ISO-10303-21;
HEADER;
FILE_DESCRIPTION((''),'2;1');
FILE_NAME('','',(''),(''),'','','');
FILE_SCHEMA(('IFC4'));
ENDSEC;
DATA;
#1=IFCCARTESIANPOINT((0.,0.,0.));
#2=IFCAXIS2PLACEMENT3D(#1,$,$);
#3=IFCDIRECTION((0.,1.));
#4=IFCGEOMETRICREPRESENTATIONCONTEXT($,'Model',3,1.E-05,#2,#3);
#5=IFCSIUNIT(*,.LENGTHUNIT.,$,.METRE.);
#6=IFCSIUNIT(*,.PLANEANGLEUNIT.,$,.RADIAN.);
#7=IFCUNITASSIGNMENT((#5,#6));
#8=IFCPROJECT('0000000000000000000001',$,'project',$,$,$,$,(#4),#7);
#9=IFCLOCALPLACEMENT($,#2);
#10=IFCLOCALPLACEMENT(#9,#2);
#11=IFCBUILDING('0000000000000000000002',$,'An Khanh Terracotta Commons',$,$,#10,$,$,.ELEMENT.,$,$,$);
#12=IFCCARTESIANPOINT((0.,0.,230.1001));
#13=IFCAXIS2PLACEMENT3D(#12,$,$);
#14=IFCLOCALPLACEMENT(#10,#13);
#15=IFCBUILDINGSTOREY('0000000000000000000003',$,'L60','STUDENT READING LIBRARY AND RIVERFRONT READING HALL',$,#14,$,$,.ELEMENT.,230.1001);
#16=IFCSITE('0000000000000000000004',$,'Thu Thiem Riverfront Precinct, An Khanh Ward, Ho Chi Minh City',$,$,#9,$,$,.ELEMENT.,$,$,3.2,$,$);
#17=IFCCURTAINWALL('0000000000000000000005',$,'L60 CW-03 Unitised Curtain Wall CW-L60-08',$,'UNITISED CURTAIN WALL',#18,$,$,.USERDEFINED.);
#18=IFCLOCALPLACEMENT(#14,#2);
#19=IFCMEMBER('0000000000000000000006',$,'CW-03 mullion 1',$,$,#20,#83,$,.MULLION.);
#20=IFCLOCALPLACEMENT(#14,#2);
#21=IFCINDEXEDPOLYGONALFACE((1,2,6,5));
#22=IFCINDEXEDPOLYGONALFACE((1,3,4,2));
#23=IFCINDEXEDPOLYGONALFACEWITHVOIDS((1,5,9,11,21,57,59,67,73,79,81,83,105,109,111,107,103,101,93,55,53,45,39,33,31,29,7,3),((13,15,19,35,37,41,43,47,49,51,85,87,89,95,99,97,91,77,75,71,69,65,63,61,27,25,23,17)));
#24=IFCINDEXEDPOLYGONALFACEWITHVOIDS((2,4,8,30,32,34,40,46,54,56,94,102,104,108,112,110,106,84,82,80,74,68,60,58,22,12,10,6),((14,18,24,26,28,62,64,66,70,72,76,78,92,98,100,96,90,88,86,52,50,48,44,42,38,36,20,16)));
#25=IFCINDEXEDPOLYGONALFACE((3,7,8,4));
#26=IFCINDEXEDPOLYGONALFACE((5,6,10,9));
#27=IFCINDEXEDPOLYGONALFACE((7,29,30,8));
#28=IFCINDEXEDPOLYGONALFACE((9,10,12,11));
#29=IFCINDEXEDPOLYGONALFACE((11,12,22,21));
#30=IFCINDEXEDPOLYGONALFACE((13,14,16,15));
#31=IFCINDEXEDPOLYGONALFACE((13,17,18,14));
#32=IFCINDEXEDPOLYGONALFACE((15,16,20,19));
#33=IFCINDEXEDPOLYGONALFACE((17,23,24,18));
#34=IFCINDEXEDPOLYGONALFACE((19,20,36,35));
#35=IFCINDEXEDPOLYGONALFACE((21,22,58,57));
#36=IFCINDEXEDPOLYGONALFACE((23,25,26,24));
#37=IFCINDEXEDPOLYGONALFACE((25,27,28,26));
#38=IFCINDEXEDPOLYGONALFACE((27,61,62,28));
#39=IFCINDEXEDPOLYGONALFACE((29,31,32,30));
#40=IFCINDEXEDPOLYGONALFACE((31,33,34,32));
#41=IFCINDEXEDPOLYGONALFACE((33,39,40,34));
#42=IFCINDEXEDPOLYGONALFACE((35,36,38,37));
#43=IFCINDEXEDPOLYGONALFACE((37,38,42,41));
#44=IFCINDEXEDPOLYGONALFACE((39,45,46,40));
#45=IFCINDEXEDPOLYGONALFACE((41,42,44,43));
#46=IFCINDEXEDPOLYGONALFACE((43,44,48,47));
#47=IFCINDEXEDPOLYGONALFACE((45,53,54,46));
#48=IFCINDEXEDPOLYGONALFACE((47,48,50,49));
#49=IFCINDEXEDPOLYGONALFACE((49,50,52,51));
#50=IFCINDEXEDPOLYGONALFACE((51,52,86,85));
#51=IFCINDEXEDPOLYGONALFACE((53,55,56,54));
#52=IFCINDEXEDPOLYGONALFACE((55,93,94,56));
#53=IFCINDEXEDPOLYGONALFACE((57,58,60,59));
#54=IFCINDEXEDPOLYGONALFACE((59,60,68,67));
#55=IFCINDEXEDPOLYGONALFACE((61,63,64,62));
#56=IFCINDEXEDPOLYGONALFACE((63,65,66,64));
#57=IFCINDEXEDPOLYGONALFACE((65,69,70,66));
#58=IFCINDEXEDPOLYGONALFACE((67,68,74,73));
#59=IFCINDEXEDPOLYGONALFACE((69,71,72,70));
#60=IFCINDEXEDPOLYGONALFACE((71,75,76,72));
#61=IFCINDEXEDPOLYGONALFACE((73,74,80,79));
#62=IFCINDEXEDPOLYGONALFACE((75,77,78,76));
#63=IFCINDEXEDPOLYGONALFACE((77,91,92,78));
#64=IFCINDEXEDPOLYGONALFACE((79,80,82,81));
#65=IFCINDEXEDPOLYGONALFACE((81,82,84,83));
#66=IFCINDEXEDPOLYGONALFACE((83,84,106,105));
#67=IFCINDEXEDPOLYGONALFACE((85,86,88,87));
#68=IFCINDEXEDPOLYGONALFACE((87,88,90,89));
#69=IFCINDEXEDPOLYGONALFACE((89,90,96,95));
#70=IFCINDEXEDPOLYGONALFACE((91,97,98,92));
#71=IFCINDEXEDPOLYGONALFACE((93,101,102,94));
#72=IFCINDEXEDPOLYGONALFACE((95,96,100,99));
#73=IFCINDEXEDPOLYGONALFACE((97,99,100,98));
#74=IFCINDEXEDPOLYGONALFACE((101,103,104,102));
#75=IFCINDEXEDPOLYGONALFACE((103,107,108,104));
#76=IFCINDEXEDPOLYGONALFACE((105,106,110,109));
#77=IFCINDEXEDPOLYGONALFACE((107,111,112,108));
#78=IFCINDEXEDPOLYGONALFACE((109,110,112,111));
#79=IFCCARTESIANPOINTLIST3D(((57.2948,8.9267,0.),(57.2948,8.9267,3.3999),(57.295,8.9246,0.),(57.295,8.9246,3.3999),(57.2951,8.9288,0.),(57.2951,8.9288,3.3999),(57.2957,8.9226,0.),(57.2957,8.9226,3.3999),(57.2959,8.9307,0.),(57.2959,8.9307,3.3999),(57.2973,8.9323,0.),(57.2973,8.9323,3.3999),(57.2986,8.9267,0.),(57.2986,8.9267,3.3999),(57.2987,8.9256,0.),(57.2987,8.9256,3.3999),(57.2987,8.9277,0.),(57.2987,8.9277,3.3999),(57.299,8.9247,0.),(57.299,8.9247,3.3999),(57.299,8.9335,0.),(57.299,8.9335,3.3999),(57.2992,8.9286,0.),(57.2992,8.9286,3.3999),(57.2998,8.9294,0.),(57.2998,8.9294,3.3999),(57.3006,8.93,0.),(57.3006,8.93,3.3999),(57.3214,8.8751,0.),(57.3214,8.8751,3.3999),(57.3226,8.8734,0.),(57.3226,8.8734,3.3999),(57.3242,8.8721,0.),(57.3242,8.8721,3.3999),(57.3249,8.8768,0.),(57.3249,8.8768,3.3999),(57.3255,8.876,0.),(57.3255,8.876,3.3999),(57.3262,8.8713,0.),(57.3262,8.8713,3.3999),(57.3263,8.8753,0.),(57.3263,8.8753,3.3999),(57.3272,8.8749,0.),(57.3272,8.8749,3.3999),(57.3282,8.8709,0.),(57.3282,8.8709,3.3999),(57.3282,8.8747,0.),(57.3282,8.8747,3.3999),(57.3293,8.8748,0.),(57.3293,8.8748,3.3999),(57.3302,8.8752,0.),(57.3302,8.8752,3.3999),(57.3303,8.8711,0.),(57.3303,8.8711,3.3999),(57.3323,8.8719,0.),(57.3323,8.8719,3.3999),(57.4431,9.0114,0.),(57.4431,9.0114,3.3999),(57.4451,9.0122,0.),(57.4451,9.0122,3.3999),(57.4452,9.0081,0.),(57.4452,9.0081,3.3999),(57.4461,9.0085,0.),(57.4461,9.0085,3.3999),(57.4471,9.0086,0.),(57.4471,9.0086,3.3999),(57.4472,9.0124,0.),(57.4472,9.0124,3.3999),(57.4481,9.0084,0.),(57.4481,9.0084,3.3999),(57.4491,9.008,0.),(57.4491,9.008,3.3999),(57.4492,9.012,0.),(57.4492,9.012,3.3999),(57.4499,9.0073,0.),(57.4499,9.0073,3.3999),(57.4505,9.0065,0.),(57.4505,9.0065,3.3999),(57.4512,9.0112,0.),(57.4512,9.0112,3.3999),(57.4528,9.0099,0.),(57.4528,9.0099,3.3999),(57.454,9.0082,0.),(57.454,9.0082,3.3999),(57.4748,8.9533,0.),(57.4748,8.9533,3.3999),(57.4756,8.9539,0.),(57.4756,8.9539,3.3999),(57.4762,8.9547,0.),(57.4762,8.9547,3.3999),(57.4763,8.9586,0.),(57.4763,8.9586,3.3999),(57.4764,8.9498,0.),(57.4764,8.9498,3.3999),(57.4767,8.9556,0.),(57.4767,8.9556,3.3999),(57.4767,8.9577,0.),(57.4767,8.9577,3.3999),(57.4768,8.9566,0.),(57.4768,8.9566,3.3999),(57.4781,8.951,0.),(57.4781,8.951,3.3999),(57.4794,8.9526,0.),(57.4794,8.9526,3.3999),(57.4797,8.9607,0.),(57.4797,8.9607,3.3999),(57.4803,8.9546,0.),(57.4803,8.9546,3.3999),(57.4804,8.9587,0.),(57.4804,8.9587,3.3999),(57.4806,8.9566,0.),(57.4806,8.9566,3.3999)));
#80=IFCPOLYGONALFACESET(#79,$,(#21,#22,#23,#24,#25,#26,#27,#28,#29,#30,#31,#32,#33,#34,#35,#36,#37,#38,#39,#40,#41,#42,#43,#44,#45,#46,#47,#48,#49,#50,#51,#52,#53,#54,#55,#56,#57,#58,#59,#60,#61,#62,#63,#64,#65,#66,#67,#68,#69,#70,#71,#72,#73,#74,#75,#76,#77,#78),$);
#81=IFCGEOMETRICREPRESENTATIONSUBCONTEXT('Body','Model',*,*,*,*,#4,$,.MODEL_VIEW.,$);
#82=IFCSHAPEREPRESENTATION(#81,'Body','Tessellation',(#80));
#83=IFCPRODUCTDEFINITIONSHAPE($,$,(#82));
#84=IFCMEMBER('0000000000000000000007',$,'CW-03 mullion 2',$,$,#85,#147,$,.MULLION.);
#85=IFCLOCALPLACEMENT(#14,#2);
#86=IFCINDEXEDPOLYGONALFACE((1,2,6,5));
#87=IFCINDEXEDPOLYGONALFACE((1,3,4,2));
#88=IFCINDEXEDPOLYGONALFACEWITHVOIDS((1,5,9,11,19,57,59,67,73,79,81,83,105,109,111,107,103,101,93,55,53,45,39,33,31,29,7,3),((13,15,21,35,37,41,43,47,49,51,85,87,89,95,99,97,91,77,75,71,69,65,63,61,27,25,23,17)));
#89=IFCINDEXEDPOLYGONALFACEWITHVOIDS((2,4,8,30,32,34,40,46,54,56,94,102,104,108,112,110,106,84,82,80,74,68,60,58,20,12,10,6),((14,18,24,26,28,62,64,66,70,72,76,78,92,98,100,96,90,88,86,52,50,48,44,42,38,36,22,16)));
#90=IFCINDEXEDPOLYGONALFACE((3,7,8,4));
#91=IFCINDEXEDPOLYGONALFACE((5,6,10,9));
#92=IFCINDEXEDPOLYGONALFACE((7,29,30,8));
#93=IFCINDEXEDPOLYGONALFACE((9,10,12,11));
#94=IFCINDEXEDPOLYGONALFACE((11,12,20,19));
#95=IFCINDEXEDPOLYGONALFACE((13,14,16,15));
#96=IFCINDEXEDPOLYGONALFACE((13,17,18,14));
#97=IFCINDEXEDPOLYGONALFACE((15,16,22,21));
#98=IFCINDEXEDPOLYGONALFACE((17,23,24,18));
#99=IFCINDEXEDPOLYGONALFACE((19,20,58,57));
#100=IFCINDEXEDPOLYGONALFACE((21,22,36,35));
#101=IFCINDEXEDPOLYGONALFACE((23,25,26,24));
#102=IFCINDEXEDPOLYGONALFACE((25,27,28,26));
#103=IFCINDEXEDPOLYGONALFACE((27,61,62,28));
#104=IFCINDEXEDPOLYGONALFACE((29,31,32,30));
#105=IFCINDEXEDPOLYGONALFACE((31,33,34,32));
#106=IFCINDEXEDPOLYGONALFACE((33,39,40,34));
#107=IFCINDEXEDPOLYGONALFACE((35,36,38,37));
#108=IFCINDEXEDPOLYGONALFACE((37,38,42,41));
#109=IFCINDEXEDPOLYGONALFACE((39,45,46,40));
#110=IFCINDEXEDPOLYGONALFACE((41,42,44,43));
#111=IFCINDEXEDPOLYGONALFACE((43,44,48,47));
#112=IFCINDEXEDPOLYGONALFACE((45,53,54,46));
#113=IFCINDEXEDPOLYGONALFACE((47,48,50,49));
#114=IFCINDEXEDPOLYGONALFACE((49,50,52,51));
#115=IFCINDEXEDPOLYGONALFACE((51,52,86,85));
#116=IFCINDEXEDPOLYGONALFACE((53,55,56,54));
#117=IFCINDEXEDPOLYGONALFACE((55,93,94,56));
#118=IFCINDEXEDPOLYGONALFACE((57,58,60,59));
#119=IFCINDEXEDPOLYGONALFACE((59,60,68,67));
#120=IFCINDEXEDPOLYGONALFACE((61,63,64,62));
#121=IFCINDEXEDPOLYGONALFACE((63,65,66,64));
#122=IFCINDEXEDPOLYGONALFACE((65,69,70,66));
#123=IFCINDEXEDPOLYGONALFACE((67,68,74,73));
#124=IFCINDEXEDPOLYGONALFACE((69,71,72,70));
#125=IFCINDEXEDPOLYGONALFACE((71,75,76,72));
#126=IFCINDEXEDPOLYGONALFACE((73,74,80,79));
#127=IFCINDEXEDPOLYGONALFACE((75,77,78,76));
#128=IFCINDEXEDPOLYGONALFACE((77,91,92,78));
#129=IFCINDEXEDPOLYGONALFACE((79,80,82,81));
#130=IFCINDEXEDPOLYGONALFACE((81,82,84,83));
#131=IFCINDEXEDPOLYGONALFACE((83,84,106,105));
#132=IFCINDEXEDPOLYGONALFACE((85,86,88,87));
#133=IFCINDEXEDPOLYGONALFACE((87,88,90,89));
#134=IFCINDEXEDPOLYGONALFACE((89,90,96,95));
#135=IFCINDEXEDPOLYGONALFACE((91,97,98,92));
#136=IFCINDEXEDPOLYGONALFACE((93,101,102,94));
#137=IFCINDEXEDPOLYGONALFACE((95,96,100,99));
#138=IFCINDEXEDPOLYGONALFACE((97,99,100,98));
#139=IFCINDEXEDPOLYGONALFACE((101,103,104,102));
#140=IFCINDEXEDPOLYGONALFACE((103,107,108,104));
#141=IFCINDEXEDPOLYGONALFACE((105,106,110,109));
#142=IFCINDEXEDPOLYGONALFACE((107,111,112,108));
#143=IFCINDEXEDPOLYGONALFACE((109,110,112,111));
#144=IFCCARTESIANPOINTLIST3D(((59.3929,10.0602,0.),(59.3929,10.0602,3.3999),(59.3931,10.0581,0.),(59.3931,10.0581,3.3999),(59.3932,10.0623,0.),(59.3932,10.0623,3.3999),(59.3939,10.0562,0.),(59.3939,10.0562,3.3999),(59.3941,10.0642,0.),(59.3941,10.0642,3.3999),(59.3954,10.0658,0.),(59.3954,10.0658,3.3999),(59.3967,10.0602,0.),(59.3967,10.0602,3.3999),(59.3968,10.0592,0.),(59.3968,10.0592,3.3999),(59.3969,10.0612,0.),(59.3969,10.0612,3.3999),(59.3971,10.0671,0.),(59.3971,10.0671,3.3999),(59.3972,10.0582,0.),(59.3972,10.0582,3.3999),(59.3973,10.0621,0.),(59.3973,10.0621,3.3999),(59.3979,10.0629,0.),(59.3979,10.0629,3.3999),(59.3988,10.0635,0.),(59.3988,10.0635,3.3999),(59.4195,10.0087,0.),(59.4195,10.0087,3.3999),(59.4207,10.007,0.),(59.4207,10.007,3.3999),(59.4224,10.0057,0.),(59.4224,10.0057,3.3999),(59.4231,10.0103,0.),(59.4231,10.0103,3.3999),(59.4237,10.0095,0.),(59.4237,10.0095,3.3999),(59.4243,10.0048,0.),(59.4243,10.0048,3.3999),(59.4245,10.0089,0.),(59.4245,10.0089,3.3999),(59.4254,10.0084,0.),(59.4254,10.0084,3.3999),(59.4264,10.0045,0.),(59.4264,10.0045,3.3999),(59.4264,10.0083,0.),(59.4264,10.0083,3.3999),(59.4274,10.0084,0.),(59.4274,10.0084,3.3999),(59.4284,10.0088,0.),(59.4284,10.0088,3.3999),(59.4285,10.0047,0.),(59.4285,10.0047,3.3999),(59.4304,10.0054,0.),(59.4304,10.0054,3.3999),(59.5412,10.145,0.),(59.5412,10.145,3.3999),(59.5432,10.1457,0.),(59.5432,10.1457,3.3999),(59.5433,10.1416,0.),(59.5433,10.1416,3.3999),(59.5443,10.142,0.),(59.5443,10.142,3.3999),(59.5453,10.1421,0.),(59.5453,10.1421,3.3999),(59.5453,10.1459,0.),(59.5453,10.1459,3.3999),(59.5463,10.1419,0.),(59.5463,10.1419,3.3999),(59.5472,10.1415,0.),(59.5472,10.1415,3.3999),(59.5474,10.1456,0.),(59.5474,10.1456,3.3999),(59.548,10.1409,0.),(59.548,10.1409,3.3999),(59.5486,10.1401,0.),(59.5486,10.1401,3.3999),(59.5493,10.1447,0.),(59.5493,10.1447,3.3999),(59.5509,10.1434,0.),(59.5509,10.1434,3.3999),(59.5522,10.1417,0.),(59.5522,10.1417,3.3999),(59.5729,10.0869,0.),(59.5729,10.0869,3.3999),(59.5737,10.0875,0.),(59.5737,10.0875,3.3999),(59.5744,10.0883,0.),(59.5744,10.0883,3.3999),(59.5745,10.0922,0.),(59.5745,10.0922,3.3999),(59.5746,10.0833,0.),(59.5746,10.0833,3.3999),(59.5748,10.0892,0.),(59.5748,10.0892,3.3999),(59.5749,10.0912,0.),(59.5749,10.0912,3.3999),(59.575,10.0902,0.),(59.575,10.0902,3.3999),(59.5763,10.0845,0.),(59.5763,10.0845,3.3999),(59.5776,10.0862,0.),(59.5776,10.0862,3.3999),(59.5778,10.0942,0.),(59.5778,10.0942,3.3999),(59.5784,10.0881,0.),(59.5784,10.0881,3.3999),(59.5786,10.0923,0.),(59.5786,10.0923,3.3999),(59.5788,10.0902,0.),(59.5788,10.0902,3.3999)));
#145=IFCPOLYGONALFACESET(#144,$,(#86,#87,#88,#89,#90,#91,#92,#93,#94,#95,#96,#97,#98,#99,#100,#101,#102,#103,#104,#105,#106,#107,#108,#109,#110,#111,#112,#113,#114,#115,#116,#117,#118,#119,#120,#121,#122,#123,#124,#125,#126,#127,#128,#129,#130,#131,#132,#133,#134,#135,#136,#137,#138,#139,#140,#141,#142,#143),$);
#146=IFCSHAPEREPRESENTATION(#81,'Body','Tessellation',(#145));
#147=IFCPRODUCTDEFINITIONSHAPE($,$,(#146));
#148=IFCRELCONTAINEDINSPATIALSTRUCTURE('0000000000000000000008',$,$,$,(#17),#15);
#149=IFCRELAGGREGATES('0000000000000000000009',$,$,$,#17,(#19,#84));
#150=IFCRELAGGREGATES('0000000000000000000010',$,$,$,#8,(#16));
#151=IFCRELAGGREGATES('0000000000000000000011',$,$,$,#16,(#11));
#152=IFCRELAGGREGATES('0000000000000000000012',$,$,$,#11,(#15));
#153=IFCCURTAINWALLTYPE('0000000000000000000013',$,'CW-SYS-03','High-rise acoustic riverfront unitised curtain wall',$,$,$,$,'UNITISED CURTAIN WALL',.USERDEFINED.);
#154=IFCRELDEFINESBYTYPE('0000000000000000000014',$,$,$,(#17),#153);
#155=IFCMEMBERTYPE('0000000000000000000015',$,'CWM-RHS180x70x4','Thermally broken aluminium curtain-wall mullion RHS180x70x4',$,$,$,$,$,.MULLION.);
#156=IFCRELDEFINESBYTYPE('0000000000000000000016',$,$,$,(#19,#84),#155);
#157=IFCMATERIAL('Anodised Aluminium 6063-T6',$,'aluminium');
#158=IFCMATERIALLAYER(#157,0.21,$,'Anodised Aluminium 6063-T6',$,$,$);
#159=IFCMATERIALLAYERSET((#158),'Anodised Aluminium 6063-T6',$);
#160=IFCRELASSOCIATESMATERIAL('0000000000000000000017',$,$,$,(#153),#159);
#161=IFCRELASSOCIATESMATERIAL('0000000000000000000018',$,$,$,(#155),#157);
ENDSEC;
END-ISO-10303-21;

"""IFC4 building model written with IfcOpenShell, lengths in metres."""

from ifc_helpers import new_model, si_unit, direction, frame, origin, origin_2d, place, context, subcontext, project, spatial, hollow_rectangle, extrude, material, layer, layer_set, material_profile, profile_set, type_object, element, aggregate, save


model = new_model("IFC4")

# Units and contexts
model_context = context("Model", 3, precision=1e-05, world=origin(), true_north=direction((0.0, 1.0)))
body_context = subcontext(model_context, "Body", "Model", "MODEL_VIEW")
ifc_project = project(units=[si_unit("LENGTHUNIT", "METRE"), si_unit("PLANEANGLEUNIT", "RADIAN")], contexts=[model_context])

# Site, building, storey
site_placement = place(None, origin())
site = spatial("IfcSite", under=ifc_project, at=site_placement, Name="Thu Thiem Riverfront Precinct, An Khanh Ward, Ho Chi Minh City", CompositionType="ELEMENT", RefElevation=3.2)
building_placement = place(site_placement, origin())
building = spatial("IfcBuilding", under=site, at=building_placement, Name="An Khanh Terracotta Commons", CompositionType="ELEMENT")
storey_placement = place(building_placement, frame((0.0, 0.0, 230.1001)))
storey = spatial("IfcBuildingStorey", under=building, at=storey_placement, Name="L60", Description="STUDENT READING LIBRARY AND RIVERFRONT READING HALL", CompositionType="ELEMENT", Elevation=230.1001)

# Curtain wall, members
ifc_material_1 = material(Name="Anodised Aluminium 6063-T6", Category="aluminium")
ifc_layer_1 = layer(ifc_material_1, 0.21, Name="Anodised Aluminium 6063-T6")
ifc_layer_set_1 = layer_set([ifc_layer_1], Name="Anodised Aluminium 6063-T6")
curtain_wall_type = type_object("IfcCurtainWallType", Name="CW-SYS-03", Description="High-rise acoustic riverfront unitised curtain wall", ElementType="UNITISED CURTAIN WALL", PredefinedType="USERDEFINED", material=ifc_layer_set_1)
curtain_wall_placement = place(storey_placement, origin())
curtain_wall = element("IfcCurtainWall", 1, at=curtain_wall_placement, inside=storey, type_object=curtain_wall_type, Name="L60 CW-03 Unitised Curtain Wall CW-L60-08", ObjectType="UNITISED CURTAIN WALL", PredefinedType="USERDEFINED")
ifc_material_profile_1 = material_profile(ifc_material_1, hollow_rectangle(XDim=0.0701, YDim=0.1799, WallThickness=0.0039, InnerFilletRadius=0.0039, OuterFilletRadius=0.0081, at=origin_2d()), Name="RHS180x70x4")
ifc_profile_set_1 = profile_set([ifc_material_profile_1], Name="Anodised Aluminium 6063-T6")
member_type_1 = type_object("IfcMemberType", Name="CWM-RHS180x70x4", Description="Thermally broken aluminium curtain-wall mullion RHS180x70x4", PredefinedType="MULLION", material=ifc_profile_set_1)
member_1_placement = place(storey_placement, frame((57.3877, 8.9417, 0.0), z_axis=(0.0, 0.0, 1.0), x_axis=(-0.475381, 0.87978, 0.0)))
member_1 = element("IfcMember", 2, at=member_1_placement, type_object=member_type_1, Name="CW-03 mullion 1", PredefinedType="MULLION", context=body_context, shape_type="SweptSolid", body=[
    extrude(hollow_rectangle(XDim=0.0701, YDim=0.1799, WallThickness=0.0039, InnerFilletRadius=0.0039, OuterFilletRadius=0.0081, at=origin_2d()), origin(), (0.0, 0.0, 1.0), 3.3999),
])
member_2_placement = place(storey_placement, frame((59.4858, 10.0752, 0.0), z_axis=(0.0, 0.0, 1.0), x_axis=(-0.475381, 0.87978, 0.0)))
member_2 = element("IfcMember", 3, at=member_2_placement, type_object=member_type_1, Name="CW-03 mullion 2", PredefinedType="MULLION", context=body_context, shape_type="SweptSolid", body=[
    extrude(hollow_rectangle(XDim=0.0701, YDim=0.1799, WallThickness=0.0039, InnerFilletRadius=0.0039, OuterFilletRadius=0.0081, at=origin_2d()), origin(), (0.0, 0.0, 1.0), 3.3999),
])
aggregate(curtain_wall, [member_1, member_2])

save(model, "model.ifc")
